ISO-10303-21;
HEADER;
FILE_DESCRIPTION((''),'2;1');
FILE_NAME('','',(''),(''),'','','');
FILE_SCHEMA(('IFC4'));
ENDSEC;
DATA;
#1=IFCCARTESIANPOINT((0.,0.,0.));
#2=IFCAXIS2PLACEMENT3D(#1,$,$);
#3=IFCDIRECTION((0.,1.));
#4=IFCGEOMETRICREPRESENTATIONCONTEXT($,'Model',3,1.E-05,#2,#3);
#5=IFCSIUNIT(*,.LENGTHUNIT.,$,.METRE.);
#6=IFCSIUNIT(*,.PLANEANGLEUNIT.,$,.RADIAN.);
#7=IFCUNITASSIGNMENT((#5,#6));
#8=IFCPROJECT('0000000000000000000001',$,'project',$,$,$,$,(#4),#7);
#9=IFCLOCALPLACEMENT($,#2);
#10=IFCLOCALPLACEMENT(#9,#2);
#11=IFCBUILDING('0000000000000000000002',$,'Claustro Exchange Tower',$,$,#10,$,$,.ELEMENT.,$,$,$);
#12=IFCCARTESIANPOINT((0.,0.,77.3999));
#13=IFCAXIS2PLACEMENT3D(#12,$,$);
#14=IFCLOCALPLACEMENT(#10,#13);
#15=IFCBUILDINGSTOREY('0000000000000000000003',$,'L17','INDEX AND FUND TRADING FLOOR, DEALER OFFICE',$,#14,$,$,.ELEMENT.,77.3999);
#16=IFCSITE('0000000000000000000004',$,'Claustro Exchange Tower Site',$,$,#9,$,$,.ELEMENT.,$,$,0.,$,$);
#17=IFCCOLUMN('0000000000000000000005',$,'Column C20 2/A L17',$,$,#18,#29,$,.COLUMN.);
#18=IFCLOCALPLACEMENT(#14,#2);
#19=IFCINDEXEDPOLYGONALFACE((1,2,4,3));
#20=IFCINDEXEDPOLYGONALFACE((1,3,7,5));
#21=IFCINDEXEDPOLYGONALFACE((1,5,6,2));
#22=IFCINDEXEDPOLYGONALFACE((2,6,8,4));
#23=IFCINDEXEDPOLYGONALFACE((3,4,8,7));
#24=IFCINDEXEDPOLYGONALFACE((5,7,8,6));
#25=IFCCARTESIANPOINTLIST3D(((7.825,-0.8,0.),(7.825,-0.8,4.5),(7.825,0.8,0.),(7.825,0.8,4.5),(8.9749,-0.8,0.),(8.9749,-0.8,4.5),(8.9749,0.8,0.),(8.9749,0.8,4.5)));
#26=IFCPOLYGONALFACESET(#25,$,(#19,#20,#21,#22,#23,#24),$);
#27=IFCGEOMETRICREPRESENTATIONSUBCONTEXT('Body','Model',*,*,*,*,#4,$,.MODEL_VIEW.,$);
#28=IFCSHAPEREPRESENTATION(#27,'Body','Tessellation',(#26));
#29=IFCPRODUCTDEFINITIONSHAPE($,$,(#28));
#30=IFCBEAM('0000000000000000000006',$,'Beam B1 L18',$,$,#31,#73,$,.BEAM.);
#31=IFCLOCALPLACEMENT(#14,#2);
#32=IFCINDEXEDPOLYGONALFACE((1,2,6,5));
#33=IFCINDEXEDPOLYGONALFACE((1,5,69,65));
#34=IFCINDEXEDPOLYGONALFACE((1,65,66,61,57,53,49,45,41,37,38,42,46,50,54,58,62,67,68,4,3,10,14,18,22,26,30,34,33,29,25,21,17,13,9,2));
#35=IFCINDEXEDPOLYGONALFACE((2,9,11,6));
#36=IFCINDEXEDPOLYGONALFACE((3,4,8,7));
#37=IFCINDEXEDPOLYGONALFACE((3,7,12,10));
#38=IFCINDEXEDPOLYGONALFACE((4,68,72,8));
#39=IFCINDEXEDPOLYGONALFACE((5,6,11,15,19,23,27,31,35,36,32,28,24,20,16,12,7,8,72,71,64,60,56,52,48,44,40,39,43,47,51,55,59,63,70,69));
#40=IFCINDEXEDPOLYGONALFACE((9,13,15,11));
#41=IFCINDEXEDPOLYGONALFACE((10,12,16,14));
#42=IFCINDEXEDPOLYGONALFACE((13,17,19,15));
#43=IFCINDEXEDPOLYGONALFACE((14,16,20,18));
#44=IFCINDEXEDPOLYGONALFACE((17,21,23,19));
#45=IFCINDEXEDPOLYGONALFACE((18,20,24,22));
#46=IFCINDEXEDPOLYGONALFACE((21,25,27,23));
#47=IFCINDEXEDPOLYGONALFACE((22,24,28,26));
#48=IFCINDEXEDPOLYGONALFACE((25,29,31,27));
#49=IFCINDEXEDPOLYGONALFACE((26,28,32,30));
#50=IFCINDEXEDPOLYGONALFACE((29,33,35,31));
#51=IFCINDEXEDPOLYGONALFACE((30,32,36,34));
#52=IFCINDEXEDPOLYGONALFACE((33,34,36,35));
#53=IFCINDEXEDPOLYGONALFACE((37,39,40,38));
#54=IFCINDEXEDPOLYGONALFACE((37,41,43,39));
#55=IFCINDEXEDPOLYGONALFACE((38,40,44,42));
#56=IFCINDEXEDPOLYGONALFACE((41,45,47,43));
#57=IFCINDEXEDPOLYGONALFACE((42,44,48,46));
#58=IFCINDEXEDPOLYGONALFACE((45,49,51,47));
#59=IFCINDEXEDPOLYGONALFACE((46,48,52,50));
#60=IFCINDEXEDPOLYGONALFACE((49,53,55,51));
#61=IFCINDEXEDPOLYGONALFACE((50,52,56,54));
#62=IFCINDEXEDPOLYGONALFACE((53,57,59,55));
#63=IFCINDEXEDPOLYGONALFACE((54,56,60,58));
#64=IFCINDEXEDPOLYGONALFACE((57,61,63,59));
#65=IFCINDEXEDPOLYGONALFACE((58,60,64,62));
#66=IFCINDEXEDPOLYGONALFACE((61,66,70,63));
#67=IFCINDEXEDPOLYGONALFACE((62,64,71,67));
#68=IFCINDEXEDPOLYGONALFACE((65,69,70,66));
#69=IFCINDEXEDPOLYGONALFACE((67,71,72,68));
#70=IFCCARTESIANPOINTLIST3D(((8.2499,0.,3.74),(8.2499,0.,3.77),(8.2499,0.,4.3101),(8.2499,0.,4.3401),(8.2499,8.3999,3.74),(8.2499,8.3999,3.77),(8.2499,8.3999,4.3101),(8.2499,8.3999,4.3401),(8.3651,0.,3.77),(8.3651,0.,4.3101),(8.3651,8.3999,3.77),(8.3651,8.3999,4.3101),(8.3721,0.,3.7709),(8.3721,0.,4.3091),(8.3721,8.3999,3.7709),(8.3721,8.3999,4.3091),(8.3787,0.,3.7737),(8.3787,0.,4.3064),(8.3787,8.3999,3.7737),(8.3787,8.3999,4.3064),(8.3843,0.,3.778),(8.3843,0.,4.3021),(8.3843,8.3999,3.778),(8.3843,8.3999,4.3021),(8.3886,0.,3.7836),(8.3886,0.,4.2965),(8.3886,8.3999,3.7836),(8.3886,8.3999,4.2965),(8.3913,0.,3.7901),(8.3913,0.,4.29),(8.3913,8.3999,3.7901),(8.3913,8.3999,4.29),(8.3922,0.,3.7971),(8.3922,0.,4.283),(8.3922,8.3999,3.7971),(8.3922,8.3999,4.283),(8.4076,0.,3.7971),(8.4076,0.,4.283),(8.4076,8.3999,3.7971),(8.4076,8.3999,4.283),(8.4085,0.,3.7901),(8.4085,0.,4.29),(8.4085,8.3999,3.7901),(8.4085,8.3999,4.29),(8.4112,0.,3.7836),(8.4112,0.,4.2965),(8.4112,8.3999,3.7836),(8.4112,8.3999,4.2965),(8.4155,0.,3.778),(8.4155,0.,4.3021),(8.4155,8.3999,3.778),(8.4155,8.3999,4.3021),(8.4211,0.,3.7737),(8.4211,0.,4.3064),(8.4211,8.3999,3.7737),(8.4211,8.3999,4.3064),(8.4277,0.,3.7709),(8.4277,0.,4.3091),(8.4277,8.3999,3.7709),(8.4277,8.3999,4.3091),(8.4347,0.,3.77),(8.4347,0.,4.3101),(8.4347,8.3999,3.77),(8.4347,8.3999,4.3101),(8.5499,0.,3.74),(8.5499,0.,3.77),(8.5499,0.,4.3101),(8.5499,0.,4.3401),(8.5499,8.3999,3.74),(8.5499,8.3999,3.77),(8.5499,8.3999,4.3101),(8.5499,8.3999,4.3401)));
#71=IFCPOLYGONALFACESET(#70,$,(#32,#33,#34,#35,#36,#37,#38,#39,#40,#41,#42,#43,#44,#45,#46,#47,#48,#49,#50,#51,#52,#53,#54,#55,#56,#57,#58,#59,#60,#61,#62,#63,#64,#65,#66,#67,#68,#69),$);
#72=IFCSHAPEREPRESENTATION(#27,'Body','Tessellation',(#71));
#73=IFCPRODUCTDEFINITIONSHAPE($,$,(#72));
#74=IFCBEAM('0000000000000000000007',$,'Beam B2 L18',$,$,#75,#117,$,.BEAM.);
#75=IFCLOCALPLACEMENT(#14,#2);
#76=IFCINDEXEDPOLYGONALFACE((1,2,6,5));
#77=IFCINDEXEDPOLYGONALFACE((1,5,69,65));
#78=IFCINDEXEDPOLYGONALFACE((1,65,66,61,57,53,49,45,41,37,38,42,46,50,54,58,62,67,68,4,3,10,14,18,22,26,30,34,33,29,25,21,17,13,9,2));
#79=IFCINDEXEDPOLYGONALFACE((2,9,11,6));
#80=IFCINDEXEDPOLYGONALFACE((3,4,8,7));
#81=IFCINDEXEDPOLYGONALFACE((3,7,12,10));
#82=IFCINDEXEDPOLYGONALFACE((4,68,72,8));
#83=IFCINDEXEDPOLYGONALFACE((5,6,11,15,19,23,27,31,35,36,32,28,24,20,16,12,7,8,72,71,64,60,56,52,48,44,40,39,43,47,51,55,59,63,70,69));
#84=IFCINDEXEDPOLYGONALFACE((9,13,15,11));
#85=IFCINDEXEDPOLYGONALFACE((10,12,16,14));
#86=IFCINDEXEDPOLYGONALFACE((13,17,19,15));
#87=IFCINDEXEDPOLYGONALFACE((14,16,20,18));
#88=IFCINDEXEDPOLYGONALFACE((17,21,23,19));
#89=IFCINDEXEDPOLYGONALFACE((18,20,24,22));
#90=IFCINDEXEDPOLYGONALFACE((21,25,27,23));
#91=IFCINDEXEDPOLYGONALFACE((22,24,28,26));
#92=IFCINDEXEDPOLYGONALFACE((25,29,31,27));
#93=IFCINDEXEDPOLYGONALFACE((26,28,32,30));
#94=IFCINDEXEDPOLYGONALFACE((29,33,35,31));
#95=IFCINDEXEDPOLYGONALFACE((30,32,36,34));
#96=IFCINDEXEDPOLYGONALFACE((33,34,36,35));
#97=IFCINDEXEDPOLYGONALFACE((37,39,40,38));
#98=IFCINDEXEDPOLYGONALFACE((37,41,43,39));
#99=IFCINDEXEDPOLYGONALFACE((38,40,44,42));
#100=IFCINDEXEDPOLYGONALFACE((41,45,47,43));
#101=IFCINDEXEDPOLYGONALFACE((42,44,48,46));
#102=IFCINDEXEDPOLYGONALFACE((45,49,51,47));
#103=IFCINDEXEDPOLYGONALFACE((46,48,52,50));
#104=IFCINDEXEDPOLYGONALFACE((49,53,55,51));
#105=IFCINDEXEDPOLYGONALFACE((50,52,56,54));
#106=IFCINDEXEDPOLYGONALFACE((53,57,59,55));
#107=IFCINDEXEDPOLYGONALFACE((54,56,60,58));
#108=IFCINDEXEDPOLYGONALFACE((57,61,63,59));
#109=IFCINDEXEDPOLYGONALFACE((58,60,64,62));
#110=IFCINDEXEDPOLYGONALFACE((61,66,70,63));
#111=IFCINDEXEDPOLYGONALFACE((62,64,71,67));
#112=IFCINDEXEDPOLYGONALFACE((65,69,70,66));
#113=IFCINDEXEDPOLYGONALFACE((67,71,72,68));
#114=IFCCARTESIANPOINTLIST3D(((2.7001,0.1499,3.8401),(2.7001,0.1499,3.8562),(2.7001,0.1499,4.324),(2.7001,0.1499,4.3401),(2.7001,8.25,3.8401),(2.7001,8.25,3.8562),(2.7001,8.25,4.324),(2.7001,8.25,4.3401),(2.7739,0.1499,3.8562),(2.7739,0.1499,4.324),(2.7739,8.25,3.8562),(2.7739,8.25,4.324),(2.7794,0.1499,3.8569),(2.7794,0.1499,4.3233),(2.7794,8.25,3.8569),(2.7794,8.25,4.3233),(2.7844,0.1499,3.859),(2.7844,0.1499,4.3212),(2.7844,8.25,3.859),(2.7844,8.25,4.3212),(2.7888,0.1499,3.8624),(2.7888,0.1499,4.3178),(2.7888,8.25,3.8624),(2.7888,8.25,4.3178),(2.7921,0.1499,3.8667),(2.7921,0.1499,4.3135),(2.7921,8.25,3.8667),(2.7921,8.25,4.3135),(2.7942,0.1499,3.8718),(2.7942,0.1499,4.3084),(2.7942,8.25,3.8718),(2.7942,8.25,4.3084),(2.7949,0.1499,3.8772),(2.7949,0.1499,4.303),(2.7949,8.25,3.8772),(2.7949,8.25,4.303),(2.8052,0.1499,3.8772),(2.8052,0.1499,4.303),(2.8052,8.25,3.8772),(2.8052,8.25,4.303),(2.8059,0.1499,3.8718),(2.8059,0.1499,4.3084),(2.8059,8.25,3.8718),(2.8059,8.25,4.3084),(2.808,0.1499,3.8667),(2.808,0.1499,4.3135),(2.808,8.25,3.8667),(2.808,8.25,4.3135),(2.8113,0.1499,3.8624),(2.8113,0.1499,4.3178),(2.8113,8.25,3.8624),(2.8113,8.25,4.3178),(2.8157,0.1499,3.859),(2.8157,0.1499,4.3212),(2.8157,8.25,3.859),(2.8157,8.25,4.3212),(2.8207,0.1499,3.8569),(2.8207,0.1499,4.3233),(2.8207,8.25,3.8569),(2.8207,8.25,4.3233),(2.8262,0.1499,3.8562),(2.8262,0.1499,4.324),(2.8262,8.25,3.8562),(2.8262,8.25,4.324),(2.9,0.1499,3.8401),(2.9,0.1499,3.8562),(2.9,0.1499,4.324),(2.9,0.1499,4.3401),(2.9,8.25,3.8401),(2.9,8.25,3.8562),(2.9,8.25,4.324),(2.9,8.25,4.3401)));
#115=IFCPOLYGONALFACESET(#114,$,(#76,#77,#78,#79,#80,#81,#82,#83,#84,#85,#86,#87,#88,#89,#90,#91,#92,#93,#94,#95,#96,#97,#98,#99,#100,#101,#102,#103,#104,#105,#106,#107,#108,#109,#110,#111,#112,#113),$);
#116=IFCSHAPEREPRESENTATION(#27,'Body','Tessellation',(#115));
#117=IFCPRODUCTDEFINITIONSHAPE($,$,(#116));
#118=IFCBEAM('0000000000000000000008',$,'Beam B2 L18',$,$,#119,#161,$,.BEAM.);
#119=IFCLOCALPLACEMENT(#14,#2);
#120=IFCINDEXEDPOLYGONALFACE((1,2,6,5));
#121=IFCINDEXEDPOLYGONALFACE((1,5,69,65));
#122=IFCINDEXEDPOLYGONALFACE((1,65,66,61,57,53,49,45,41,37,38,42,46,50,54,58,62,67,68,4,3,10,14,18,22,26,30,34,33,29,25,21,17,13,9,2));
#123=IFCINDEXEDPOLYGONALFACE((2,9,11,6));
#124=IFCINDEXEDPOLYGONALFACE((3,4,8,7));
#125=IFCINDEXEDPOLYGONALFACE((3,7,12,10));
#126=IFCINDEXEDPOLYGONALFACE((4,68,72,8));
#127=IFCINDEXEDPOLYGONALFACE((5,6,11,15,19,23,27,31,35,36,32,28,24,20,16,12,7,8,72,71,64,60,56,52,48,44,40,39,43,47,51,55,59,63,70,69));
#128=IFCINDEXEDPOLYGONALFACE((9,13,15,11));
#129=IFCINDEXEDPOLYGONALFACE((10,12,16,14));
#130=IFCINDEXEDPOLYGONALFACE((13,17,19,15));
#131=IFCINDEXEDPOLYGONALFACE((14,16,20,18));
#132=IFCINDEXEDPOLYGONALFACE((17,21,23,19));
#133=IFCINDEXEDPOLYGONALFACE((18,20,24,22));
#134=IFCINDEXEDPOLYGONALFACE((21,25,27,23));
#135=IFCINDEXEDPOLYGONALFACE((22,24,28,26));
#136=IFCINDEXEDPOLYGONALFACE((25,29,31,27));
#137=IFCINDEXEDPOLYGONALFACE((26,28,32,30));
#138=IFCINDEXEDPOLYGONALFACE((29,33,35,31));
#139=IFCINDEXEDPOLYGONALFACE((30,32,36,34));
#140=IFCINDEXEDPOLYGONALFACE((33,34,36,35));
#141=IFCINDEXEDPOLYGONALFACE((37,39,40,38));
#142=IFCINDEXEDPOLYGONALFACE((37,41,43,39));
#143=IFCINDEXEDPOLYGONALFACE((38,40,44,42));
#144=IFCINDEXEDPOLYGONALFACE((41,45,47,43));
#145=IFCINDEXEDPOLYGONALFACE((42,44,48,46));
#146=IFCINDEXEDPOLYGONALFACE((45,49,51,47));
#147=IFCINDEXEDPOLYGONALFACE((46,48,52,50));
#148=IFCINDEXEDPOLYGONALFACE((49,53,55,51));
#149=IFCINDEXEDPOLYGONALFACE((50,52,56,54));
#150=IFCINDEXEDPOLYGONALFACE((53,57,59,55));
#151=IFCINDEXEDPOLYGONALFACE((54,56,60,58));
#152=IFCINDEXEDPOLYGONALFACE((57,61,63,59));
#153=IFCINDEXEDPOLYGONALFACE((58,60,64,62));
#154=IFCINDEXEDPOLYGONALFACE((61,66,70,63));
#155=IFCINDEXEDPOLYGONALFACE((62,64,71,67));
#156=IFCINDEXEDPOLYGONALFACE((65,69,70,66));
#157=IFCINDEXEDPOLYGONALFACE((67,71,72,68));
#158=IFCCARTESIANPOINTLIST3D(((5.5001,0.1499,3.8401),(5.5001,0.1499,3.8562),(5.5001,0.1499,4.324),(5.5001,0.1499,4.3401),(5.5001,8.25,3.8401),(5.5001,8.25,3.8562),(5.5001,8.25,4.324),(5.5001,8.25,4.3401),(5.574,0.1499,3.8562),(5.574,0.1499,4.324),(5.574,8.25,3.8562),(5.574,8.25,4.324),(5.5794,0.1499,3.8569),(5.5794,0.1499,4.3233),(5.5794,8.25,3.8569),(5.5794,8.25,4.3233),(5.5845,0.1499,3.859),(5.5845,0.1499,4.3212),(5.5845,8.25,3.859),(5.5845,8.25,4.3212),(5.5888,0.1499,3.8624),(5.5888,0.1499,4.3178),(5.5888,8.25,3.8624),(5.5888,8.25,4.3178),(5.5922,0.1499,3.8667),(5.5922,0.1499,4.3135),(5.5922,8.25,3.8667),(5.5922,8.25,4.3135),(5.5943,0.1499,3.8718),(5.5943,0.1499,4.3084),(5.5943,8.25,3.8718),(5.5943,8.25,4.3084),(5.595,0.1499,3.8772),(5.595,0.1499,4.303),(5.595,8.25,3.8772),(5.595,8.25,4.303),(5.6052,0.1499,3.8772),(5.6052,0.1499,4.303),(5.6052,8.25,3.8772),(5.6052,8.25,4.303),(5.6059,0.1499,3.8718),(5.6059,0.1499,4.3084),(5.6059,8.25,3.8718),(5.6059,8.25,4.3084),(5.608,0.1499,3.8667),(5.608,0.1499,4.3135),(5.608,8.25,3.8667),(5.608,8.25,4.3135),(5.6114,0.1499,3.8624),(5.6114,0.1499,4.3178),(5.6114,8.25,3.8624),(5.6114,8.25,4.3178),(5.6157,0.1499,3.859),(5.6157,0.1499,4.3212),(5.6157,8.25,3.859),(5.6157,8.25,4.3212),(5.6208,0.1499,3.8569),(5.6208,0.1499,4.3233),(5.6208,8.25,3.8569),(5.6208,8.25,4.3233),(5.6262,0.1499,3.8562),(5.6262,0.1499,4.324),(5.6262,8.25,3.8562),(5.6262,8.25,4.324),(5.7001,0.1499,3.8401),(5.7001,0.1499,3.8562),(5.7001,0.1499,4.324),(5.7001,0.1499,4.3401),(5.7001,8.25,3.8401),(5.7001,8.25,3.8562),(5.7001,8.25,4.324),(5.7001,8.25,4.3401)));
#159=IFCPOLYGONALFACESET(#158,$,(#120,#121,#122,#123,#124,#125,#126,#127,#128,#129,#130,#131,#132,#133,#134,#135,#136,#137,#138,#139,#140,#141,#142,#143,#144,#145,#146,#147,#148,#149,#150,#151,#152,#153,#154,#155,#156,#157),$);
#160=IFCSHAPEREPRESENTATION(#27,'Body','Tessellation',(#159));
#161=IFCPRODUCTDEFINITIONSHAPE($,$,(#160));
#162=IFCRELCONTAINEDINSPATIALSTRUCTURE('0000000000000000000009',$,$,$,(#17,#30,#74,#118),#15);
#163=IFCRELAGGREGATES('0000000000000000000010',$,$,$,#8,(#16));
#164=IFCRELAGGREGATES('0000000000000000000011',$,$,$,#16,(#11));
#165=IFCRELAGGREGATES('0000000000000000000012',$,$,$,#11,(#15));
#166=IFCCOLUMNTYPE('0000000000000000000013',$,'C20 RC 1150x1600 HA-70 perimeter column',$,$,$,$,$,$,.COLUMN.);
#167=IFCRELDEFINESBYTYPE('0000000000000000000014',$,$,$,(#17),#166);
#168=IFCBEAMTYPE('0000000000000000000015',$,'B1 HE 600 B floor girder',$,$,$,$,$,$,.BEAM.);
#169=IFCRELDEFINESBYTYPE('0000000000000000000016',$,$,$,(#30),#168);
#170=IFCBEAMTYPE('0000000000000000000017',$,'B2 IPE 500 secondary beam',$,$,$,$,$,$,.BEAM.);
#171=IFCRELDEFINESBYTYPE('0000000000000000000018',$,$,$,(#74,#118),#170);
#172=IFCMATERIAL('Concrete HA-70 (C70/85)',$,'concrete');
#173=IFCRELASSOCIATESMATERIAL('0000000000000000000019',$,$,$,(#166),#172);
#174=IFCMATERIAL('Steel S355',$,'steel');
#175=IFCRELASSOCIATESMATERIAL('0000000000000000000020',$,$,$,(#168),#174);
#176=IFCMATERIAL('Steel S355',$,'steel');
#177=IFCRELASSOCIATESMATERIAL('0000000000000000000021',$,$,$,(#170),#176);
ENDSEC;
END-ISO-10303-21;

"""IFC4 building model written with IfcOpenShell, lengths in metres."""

from ifc_helpers import new_model, si_unit, direction, frame, origin, origin_2d, place, context, subcontext, project, spatial, rectangle, i_section, extrude, material, material_profile, profile_set, type_object, element, save


model = new_model("IFC4")

# Units and contexts
model_context = context("Model", 3, precision=1e-05, world=origin(), true_north=direction((0.0, 1.0)))
body_context = subcontext(model_context, "Body", "Model", "MODEL_VIEW")
ifc_project = project(units=[si_unit("LENGTHUNIT", "METRE"), si_unit("PLANEANGLEUNIT", "RADIAN")], contexts=[model_context])

# Site, building, storey
site_placement = place(None, origin())
site = spatial("IfcSite", under=ifc_project, at=site_placement, Name="Claustro Exchange Tower Site", CompositionType="ELEMENT", RefElevation=0.0)
building_placement = place(site_placement, origin())
building = spatial("IfcBuilding", under=site, at=building_placement, Name="Claustro Exchange Tower", CompositionType="ELEMENT")
storey_placement = place(building_placement, frame((0.0, 0.0, 77.3999)))
storey = spatial("IfcBuildingStorey", under=building, at=storey_placement, Name="L17", Description="INDEX AND FUND TRADING FLOOR, DEALER OFFICE", CompositionType="ELEMENT", Elevation=77.3999)

# Column
ifc_material_1 = material(Name="Concrete HA-70 (C70/85)", Category="concrete")
ifc_material_profile_1 = material_profile(ifc_material_1, rectangle(XDim=1.1499, YDim=1.6001, at=origin_2d()), Name="RC 1150x1600")
ifc_profile_set_1 = profile_set([ifc_material_profile_1], Name="Concrete HA-70 (C70/85)")
column_type = type_object("IfcColumnType", Name="C20 RC 1150x1600 HA-70 perimeter column", PredefinedType="COLUMN", material=ifc_profile_set_1)
column_placement = place(storey_placement, frame((8.3999, 0.0, 0.0), z_axis=(0.0, 0.0, 1.0), x_axis=(1.0, 0.0, 0.0)))
element("IfcColumn", 1, at=column_placement, inside=storey, type_object=column_type, Name="Column C20 2/A L17", PredefinedType="COLUMN", context=body_context, shape_type="SweptSolid", body=[
    extrude(rectangle(XDim=1.1499, YDim=1.6001, at=origin_2d()), origin(), (0.0, 0.0, 1.0), 4.5),
])

# Beams
ifc_material_2 = material(Name="Steel S355", Category="steel")
ifc_material_profile_2 = material_profile(ifc_material_2, i_section(OverallWidth=0.3, OverallDepth=0.6001, WebThickness=0.0154, FlangeThickness=0.03, FilletRadius=0.0271, at=origin_2d()), Name="HE 600 B")
ifc_profile_set_2 = profile_set([ifc_material_profile_2], Name="Steel S355")
beam_type_1 = type_object("IfcBeamType", Name="B1 HE 600 B floor girder", PredefinedType="BEAM", material=ifc_profile_set_2)
beam_1_placement = place(storey_placement, frame((8.3999, 0.0, 4.04), z_axis=(0.0, 1.0, 0.0), x_axis=(-1.0, 0.0, 0.0)))
element("IfcBeam", 2, at=beam_1_placement, inside=storey, type_object=beam_type_1, Name="Beam B1 L18", PredefinedType="BEAM", context=body_context, shape_type="SweptSolid", body=[
    extrude(i_section(OverallWidth=0.3, OverallDepth=0.6001, WebThickness=0.0154, FlangeThickness=0.03, FilletRadius=0.0271, at=origin_2d()), origin(), (0.0, 0.0, 1.0), 8.3999),
])
ifc_material_3 = material(Name="Steel S355", Category="steel")
ifc_material_profile_3 = material_profile(ifc_material_3, i_section(OverallWidth=0.2, OverallDepth=0.5, WebThickness=0.0103, FlangeThickness=0.0161, FilletRadius=0.021, at=origin_2d()), Name="IPE 500")
ifc_profile_set_3 = profile_set([ifc_material_profile_3], Name="Steel S355")
beam_type_2 = type_object("IfcBeamType", Name="B2 IPE 500 secondary beam", PredefinedType="BEAM", material=ifc_profile_set_3)
for number, where, z_axis, x_axis, name in (
    (3, (2.8, 0.1499, 4.0901), (0.0, 1.0, 0.0), (-1.0, 0.0, 0.0), "Beam B2 L18"),
    (4, (5.6001, 0.1499, 4.0901), (0.0, 1.0, 0.0), (-1.0, 0.0, 0.0), "Beam B2 L18"),
):
    element("IfcBeam", number, at=place(storey_placement, frame(where, z_axis=z_axis, x_axis=x_axis)), inside=storey, type_object=beam_type_2, Name=name, PredefinedType="BEAM", context=body_context, shape_type="SweptSolid", body=[
        extrude(i_section(OverallWidth=0.2, OverallDepth=0.5, WebThickness=0.0103, FlangeThickness=0.0161, FilletRadius=0.021, at=origin_2d()), origin(), (0.0, 0.0, 1.0), 8.1001),
    ])

save(model, "model.ifc")
